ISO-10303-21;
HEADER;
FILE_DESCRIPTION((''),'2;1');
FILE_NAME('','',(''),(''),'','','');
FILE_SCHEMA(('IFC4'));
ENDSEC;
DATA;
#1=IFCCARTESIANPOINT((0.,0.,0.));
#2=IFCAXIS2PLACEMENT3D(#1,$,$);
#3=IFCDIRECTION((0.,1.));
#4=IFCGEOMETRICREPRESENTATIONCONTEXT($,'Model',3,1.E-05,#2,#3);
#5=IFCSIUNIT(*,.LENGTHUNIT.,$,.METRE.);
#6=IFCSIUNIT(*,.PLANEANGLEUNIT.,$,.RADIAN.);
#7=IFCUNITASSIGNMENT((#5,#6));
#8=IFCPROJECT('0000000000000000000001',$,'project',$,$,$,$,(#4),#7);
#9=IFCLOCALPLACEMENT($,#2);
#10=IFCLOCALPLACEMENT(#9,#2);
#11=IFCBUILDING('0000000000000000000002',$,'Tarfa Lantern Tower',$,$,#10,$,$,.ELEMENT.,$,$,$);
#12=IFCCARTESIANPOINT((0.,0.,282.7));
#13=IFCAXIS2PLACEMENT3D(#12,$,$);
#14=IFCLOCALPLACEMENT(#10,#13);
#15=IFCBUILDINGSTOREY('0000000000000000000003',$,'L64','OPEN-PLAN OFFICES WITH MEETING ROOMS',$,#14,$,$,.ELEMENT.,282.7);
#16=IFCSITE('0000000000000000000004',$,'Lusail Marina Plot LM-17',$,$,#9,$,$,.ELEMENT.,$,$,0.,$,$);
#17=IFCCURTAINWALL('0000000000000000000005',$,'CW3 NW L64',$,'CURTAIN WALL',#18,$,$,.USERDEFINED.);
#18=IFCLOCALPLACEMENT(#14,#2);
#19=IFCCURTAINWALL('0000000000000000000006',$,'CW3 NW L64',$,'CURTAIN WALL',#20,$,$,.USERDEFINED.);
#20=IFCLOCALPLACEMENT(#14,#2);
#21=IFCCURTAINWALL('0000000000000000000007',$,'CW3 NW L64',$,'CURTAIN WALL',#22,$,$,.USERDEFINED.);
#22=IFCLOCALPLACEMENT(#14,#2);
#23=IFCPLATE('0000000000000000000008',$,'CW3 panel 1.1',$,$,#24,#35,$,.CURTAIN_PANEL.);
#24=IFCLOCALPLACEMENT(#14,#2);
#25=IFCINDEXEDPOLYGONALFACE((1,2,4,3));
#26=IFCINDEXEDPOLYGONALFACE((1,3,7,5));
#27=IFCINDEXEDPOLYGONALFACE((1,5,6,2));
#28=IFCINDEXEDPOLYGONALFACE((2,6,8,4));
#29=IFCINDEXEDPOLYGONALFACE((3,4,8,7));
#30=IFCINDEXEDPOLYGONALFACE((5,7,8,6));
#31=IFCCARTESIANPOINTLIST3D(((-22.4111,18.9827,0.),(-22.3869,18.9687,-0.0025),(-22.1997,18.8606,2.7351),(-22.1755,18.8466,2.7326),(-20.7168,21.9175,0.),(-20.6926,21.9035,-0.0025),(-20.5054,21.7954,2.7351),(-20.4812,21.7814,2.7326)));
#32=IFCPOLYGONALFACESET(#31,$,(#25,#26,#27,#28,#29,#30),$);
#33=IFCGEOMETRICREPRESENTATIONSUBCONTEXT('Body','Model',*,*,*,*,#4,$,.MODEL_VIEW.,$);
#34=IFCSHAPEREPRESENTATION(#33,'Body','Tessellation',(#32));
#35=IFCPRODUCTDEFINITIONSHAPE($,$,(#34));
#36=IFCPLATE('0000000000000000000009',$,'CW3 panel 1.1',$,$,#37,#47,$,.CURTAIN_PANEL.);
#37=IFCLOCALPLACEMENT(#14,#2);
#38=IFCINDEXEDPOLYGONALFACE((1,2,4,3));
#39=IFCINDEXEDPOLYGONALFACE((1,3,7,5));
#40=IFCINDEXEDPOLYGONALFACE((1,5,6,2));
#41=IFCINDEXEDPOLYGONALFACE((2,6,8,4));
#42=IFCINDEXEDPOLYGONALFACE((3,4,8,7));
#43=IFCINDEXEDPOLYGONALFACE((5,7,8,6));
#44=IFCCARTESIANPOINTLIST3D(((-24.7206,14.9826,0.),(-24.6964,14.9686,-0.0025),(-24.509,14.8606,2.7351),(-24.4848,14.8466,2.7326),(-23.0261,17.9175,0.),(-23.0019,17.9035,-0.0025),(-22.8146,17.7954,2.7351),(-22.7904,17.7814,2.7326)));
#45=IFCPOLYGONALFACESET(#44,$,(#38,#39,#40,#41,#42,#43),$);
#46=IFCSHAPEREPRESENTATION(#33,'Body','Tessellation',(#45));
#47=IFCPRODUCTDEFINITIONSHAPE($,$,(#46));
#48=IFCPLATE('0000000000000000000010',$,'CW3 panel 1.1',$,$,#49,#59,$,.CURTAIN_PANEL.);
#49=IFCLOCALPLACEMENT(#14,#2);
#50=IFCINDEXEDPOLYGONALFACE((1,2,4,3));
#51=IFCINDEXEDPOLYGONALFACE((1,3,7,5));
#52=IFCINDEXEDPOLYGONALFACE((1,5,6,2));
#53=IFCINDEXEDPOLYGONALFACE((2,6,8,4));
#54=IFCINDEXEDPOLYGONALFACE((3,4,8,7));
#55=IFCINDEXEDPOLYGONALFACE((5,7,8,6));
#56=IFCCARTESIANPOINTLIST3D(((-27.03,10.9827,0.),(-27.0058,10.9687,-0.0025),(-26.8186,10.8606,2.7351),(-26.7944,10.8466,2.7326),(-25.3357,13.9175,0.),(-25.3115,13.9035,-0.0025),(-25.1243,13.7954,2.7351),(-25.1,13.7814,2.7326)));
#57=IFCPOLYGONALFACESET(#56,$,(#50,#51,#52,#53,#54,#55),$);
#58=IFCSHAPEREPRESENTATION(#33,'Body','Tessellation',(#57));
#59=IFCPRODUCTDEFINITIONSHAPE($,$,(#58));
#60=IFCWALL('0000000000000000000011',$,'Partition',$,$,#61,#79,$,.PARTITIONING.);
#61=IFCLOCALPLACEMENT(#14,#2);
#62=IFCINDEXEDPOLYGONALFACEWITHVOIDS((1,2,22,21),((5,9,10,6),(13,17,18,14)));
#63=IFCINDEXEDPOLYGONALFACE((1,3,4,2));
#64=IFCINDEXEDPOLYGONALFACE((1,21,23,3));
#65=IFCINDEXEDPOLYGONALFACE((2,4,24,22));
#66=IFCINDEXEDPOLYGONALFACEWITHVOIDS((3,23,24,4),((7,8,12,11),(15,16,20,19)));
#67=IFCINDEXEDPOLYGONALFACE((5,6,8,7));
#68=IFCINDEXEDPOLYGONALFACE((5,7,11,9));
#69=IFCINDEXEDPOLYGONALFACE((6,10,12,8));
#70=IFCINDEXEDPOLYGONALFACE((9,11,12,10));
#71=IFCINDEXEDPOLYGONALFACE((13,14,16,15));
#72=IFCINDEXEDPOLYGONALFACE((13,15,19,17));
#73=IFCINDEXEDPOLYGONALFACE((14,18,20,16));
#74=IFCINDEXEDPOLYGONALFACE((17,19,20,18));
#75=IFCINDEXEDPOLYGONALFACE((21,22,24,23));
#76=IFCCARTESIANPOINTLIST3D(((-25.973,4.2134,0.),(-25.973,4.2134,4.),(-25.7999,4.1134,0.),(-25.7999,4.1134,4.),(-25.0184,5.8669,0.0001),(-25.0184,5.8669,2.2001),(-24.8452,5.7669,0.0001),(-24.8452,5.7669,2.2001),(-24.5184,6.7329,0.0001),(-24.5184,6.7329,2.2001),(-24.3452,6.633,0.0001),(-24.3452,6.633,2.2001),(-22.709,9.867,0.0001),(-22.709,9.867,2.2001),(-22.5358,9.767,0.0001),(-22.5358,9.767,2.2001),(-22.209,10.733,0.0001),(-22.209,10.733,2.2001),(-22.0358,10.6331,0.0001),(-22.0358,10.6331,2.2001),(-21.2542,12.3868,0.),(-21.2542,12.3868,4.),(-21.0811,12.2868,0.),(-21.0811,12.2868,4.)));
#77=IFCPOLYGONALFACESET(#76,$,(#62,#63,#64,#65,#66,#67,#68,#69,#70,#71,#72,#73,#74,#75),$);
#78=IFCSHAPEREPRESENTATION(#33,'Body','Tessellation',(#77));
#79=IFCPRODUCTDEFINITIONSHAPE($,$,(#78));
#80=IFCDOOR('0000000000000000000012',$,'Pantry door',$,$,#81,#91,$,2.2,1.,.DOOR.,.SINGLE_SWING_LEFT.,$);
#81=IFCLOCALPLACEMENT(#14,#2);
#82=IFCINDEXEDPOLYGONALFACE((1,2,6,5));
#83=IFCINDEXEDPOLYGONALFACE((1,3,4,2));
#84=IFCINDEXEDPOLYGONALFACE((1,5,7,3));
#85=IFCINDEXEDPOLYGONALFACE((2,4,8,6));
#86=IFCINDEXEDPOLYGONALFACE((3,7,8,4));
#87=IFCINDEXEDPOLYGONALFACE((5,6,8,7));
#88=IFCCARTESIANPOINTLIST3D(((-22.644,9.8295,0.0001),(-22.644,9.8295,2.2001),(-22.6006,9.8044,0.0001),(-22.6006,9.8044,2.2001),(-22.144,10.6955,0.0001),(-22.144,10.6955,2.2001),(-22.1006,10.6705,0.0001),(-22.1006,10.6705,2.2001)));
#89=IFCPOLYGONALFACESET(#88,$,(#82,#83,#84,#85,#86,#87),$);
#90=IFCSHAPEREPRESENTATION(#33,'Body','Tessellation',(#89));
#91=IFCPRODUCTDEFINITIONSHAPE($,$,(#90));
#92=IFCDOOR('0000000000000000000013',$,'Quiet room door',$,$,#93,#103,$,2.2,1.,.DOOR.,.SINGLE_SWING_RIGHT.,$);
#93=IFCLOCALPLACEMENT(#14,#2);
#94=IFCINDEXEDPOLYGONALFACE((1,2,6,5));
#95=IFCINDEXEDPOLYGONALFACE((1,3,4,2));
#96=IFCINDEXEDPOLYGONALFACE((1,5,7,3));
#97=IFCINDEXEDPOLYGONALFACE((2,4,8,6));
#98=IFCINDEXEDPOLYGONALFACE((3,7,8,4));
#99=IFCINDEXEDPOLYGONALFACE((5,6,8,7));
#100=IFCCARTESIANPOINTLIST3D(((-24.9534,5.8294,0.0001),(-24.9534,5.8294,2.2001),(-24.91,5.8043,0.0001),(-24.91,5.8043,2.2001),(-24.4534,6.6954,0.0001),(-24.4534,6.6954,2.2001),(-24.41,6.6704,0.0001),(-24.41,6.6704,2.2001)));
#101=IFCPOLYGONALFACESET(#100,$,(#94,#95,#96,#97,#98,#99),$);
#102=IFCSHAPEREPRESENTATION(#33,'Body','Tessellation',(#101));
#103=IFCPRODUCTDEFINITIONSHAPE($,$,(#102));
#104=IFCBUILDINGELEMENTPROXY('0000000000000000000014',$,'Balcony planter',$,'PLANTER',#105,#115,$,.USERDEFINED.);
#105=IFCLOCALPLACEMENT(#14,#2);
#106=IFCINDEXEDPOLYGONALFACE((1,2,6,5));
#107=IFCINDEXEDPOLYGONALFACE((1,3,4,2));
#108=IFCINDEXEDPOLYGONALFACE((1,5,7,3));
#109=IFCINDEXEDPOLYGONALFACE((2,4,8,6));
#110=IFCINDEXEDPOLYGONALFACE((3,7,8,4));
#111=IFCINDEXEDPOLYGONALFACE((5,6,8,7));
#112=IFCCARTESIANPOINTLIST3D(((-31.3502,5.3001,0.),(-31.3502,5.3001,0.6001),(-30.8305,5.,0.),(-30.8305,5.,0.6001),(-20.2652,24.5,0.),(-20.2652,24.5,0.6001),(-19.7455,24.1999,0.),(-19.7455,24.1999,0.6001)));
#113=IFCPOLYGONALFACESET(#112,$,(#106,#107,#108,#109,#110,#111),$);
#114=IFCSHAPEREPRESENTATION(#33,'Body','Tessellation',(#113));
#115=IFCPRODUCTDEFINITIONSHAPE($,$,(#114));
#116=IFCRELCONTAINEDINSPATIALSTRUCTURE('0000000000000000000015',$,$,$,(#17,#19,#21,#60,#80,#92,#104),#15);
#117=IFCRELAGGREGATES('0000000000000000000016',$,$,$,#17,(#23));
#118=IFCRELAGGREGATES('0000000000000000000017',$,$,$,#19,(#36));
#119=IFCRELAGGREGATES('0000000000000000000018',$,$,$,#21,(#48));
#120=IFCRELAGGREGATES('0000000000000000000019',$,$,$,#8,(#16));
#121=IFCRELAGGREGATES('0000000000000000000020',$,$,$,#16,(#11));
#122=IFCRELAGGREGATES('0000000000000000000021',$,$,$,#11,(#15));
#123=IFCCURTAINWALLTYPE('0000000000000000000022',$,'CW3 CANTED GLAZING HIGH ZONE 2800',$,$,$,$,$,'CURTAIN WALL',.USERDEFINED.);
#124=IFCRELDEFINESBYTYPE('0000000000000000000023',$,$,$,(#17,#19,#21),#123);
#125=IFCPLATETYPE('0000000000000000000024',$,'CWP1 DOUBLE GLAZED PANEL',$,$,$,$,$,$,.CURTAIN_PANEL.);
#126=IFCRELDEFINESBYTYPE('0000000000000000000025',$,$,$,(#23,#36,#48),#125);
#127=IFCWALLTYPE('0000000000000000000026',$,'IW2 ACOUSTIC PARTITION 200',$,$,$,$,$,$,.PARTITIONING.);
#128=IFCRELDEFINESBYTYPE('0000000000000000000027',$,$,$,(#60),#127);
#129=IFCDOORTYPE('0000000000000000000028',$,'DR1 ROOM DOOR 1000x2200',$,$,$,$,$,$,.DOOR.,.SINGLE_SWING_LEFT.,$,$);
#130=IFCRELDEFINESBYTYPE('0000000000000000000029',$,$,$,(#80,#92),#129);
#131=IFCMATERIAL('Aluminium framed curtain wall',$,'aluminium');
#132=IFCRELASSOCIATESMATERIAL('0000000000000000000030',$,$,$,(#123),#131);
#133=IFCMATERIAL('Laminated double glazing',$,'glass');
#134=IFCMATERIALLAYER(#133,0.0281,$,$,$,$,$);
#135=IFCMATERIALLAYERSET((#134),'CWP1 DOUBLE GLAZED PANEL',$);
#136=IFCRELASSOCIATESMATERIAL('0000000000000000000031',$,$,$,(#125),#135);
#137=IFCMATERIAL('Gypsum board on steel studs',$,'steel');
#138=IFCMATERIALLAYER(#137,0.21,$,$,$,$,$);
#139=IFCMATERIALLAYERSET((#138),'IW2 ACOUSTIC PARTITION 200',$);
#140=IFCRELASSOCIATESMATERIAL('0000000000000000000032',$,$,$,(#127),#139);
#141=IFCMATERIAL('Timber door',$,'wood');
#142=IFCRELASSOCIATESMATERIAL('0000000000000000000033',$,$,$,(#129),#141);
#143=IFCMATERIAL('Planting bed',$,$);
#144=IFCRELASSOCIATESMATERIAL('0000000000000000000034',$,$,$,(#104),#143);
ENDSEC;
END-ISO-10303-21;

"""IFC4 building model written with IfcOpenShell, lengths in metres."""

from ifc_helpers import new_model, si_unit, direction, frame, frame_2d, origin, origin_2d, place, context, subcontext, project, spatial, polyline, rectangle, outline, extrude, material, layer, layer_set, type_object, element, fill, aggregate, save


model = new_model("IFC4")

# Units and contexts
model_context = context("Model", 3, precision=1e-05, world=origin(), true_north=direction((0.0, 1.0)))
body_context = subcontext(model_context, "Body", "Model", "MODEL_VIEW")
ifc_project = project(units=[si_unit("LENGTHUNIT", "METRE"), si_unit("PLANEANGLEUNIT", "RADIAN")], contexts=[model_context])

# Site, building, storey
site_placement = place(None, origin())
site = spatial("IfcSite", under=ifc_project, at=site_placement, Name="Lusail Marina Plot LM-17", CompositionType="ELEMENT", RefElevation=0.0)
building_placement = place(site_placement, origin())
building = spatial("IfcBuilding", under=site, at=building_placement, Name="Tarfa Lantern Tower", CompositionType="ELEMENT")
storey_placement = place(building_placement, frame((0.0, 0.0, 282.7)))
storey = spatial("IfcBuildingStorey", under=building, at=storey_placement, Name="L64", Description="OPEN-PLAN OFFICES WITH MEETING ROOMS", CompositionType="ELEMENT", Elevation=282.7)

# Shared definitions
ifc_material_1 = material(Name="Aluminium framed curtain wall", Category="aluminium")
curtain_wall_type = type_object("IfcCurtainWallType", Name="CW3 CANTED GLAZING HIGH ZONE 2800", ElementType="CURTAIN WALL", PredefinedType="USERDEFINED", material=ifc_material_1)

# Curtain walls
curtain_wall_1_placement = place(storey_placement, origin())
curtain_wall_1 = element("IfcCurtainWall", 1, at=curtain_wall_1_placement, inside=storey, type_object=curtain_wall_type, Name="CW3 NW L64", ObjectType="CURTAIN WALL", PredefinedType="USERDEFINED")
curtain_wall_2_placement = place(storey_placement, origin())
curtain_wall_2 = element("IfcCurtainWall", 2, at=curtain_wall_2_placement, inside=storey, type_object=curtain_wall_type, Name="CW3 NW L64", ObjectType="CURTAIN WALL", PredefinedType="USERDEFINED")

# Curtain wall
curtain_wall_3_placement = place(storey_placement, origin())
curtain_wall_3 = element("IfcCurtainWall", 3, at=curtain_wall_3_placement, inside=storey, type_object=curtain_wall_type, Name="CW3 NW L64", ObjectType="CURTAIN WALL", PredefinedType="USERDEFINED")

# Plates
ifc_material_2 = material(Name="Laminated double glazing", Category="glass")
ifc_layer_1 = layer(ifc_material_2, 0.0281)
ifc_layer_set_1 = layer_set([ifc_layer_1], Name="CWP1 DOUBLE GLAZED PANEL")
plate_type = type_object("IfcPlateType", Name="CWP1 DOUBLE GLAZED PANEL", PredefinedType="CURTAIN_PANEL", material=ifc_layer_set_1)
plate_1_placement = place(storey_placement, frame((-20.7168, 21.9175, 0.0), z_axis=(-0.862606, 0.498002, 0.088906), x_axis=(-0.499982, -0.866036, 0.0)))
plate_1 = element("IfcPlate", 4, at=plate_1_placement, type_object=plate_type, Name="CW3 panel 1.1", PredefinedType="CURTAIN_PANEL", context=body_context, shape_type="SweptSolid", body=[
    extrude(outline(polyline([(0.0, 0.0), (3.3888, 0.0), (3.3888, 2.746), (0.0, 2.746), (0.0, 0.0)])), origin(), (0.0, 0.0, -1.0), 0.0281),
])
aggregate(curtain_wall_1, [plate_1])
plate_2_placement = place(storey_placement, frame((-23.0261, 17.9175, 0.0), z_axis=(-0.862588, 0.498028, 0.088945), x_axis=(-0.50001, -0.86602, -0.000003)))
plate_2 = element("IfcPlate", 5, at=plate_2_placement, type_object=plate_type, Name="CW3 panel 1.1", PredefinedType="CURTAIN_PANEL", context=body_context, shape_type="SweptSolid", body=[
    extrude(outline(polyline([(0.0, 0.0), (3.3889, 0.0), (3.3888, 2.746), (0.0, 2.746), (0.0, 0.0)])), origin(), (0.0, 0.0, -1.0), 0.0281),
])
aggregate(curtain_wall_2, [plate_2])
plate_3_placement = place(storey_placement, frame((-25.3357, 13.9175, 0.0), z_axis=(-0.862606, 0.498002, 0.088906), x_axis=(-0.499982, -0.866036, 0.0)))
plate_3 = element("IfcPlate", 6, at=plate_3_placement, type_object=plate_type, Name="CW3 panel 1.1", PredefinedType="CURTAIN_PANEL", context=body_context, shape_type="SweptSolid", body=[
    extrude(outline(polyline([(0.0, 0.0), (3.3888, 0.0), (3.3888, 2.746), (0.0, 2.746), (0.0, 0.0)])), origin(), (0.0, 0.0, -1.0), 0.0281),
])
aggregate(curtain_wall_3, [plate_3])

# Wall, openings, doors
ifc_material_3 = material(Name="Gypsum board on steel studs", Category="steel")
ifc_layer_2 = layer(ifc_material_3, 0.21)
ifc_layer_set_2 = layer_set([ifc_layer_2], Name="IW2 ACOUSTIC PARTITION 200")
wall_type = type_object("IfcWallType", Name="IW2 ACOUSTIC PARTITION 200", PredefinedType="PARTITIONING", material=ifc_layer_set_2)
wall_placement = place(storey_placement, frame((-21.1677, 12.3367, 0.0), z_axis=(0.0, 0.0, 1.0), x_axis=(-0.49999, -0.866031, 0.0)))
wall = element("IfcWall", 7, at=wall_placement, inside=storey, type_object=wall_type, Name="Partition", PredefinedType="PARTITIONING", context=body_context, shape_type="SweptSolid", body=[
    extrude(rectangle(XDim=9.4377, YDim=0.2, at=frame_2d((4.7188, 0.0))), origin(), (0.0, 0.0, 1.0), 4.0),
])
opening_1_placement = place(wall_placement, frame((1.9094, 0.0, 0.0)))
opening_1 = element("IfcOpeningElement", 8, at=opening_1_placement, cuts=wall, PredefinedType="OPENING", context=body_context, shape_type="SweptSolid", body=[
    extrude(rectangle(XDim=1.0, YDim=2.2, at=frame_2d((0.5, 1.1001))), frame((0.0, 0.1099, 0.0), z_axis=(0.0, -1.0, 0.0), x_axis=(1.0, 0.0, 0.0)), (0.0, 0.0, 1.0), 0.22),
])
opening_2_placement = place(wall_placement, frame((6.5283, 0.0, 0.0)))
opening_2 = element("IfcOpeningElement", 9, at=opening_2_placement, cuts=wall, PredefinedType="OPENING", context=body_context, shape_type="SweptSolid", body=[
    extrude(rectangle(XDim=1.0, YDim=2.2, at=frame_2d((0.5, 1.1001))), frame((0.0, 0.1099, 0.0), z_axis=(0.0, -1.0, 0.0), x_axis=(1.0, 0.0, 0.0)), (0.0, 0.0, 1.0), 0.22),
])
ifc_material_4 = material(Name="Timber door", Category="wood")
door_type = type_object("IfcDoorType", Name="DR1 ROOM DOOR 1000x2200", OperationType="SINGLE_SWING_LEFT", PredefinedType="DOOR", material=ifc_material_4)
door_1_placement = place(opening_1_placement, frame((1.0, 0.0, 0.0), z_axis=(0.0, 0.0, 1.0), x_axis=(-1.0, 0.0, 0.0)))
door_1 = element("IfcDoor", 10, at=door_1_placement, inside=storey, type_object=door_type, Name="Pantry door", OperationType="SINGLE_SWING_LEFT", OverallHeight=2.2, OverallWidth=1.0, PredefinedType="DOOR", context=body_context, shape_type="SweptSolid", body=[
    extrude(rectangle(XDim=1.0, YDim=2.2, at=frame_2d((0.5, 1.1001))), frame((0.0, 0.0249, 0.0), z_axis=(0.0, -1.0, 0.0), x_axis=(1.0, 0.0, 0.0)), (0.0, 0.0, 1.0), 0.05),
])
fill(opening_1, door_1)
door_2_placement = place(opening_2_placement, frame((1.0, 0.0, 0.0), z_axis=(0.0, 0.0, 1.0), x_axis=(-1.0, 0.0, 0.0)))
door_2 = element("IfcDoor", 11, at=door_2_placement, inside=storey, type_object=door_type, Name="Quiet room door", OperationType="SINGLE_SWING_RIGHT", OverallHeight=2.2, OverallWidth=1.0, PredefinedType="DOOR", context=body_context, shape_type="SweptSolid", body=[
    extrude(rectangle(XDim=1.0, YDim=2.2, at=frame_2d((0.5, 1.1001))), frame((0.0, 0.0249, 0.0), z_axis=(0.0, -1.0, 0.0), x_axis=(1.0, 0.0, 0.0)), (0.0, 0.0, 1.0), 0.05),
])
fill(opening_2, door_2)

# Building element proxy
ifc_material_5 = material(Name="Planting bed")
proxy_placement = place(storey_placement, frame((-25.5479, 14.75, 0.0), z_axis=(0.0, 0.0, 1.0), x_axis=(-0.5, -0.866025, 0.0)))
element("IfcBuildingElementProxy", 12, at=proxy_placement, inside=storey, material=ifc_material_5, Name="Balcony planter", ObjectType="PLANTER", PredefinedType="USERDEFINED", context=body_context, shape_type="SweptSolid", body=[
    extrude(rectangle(XDim=22.1702, YDim=0.6001, at=origin_2d()), origin(), (0.0, 0.0, 1.0), 0.6001),
])

save(model, "model.ifc")
